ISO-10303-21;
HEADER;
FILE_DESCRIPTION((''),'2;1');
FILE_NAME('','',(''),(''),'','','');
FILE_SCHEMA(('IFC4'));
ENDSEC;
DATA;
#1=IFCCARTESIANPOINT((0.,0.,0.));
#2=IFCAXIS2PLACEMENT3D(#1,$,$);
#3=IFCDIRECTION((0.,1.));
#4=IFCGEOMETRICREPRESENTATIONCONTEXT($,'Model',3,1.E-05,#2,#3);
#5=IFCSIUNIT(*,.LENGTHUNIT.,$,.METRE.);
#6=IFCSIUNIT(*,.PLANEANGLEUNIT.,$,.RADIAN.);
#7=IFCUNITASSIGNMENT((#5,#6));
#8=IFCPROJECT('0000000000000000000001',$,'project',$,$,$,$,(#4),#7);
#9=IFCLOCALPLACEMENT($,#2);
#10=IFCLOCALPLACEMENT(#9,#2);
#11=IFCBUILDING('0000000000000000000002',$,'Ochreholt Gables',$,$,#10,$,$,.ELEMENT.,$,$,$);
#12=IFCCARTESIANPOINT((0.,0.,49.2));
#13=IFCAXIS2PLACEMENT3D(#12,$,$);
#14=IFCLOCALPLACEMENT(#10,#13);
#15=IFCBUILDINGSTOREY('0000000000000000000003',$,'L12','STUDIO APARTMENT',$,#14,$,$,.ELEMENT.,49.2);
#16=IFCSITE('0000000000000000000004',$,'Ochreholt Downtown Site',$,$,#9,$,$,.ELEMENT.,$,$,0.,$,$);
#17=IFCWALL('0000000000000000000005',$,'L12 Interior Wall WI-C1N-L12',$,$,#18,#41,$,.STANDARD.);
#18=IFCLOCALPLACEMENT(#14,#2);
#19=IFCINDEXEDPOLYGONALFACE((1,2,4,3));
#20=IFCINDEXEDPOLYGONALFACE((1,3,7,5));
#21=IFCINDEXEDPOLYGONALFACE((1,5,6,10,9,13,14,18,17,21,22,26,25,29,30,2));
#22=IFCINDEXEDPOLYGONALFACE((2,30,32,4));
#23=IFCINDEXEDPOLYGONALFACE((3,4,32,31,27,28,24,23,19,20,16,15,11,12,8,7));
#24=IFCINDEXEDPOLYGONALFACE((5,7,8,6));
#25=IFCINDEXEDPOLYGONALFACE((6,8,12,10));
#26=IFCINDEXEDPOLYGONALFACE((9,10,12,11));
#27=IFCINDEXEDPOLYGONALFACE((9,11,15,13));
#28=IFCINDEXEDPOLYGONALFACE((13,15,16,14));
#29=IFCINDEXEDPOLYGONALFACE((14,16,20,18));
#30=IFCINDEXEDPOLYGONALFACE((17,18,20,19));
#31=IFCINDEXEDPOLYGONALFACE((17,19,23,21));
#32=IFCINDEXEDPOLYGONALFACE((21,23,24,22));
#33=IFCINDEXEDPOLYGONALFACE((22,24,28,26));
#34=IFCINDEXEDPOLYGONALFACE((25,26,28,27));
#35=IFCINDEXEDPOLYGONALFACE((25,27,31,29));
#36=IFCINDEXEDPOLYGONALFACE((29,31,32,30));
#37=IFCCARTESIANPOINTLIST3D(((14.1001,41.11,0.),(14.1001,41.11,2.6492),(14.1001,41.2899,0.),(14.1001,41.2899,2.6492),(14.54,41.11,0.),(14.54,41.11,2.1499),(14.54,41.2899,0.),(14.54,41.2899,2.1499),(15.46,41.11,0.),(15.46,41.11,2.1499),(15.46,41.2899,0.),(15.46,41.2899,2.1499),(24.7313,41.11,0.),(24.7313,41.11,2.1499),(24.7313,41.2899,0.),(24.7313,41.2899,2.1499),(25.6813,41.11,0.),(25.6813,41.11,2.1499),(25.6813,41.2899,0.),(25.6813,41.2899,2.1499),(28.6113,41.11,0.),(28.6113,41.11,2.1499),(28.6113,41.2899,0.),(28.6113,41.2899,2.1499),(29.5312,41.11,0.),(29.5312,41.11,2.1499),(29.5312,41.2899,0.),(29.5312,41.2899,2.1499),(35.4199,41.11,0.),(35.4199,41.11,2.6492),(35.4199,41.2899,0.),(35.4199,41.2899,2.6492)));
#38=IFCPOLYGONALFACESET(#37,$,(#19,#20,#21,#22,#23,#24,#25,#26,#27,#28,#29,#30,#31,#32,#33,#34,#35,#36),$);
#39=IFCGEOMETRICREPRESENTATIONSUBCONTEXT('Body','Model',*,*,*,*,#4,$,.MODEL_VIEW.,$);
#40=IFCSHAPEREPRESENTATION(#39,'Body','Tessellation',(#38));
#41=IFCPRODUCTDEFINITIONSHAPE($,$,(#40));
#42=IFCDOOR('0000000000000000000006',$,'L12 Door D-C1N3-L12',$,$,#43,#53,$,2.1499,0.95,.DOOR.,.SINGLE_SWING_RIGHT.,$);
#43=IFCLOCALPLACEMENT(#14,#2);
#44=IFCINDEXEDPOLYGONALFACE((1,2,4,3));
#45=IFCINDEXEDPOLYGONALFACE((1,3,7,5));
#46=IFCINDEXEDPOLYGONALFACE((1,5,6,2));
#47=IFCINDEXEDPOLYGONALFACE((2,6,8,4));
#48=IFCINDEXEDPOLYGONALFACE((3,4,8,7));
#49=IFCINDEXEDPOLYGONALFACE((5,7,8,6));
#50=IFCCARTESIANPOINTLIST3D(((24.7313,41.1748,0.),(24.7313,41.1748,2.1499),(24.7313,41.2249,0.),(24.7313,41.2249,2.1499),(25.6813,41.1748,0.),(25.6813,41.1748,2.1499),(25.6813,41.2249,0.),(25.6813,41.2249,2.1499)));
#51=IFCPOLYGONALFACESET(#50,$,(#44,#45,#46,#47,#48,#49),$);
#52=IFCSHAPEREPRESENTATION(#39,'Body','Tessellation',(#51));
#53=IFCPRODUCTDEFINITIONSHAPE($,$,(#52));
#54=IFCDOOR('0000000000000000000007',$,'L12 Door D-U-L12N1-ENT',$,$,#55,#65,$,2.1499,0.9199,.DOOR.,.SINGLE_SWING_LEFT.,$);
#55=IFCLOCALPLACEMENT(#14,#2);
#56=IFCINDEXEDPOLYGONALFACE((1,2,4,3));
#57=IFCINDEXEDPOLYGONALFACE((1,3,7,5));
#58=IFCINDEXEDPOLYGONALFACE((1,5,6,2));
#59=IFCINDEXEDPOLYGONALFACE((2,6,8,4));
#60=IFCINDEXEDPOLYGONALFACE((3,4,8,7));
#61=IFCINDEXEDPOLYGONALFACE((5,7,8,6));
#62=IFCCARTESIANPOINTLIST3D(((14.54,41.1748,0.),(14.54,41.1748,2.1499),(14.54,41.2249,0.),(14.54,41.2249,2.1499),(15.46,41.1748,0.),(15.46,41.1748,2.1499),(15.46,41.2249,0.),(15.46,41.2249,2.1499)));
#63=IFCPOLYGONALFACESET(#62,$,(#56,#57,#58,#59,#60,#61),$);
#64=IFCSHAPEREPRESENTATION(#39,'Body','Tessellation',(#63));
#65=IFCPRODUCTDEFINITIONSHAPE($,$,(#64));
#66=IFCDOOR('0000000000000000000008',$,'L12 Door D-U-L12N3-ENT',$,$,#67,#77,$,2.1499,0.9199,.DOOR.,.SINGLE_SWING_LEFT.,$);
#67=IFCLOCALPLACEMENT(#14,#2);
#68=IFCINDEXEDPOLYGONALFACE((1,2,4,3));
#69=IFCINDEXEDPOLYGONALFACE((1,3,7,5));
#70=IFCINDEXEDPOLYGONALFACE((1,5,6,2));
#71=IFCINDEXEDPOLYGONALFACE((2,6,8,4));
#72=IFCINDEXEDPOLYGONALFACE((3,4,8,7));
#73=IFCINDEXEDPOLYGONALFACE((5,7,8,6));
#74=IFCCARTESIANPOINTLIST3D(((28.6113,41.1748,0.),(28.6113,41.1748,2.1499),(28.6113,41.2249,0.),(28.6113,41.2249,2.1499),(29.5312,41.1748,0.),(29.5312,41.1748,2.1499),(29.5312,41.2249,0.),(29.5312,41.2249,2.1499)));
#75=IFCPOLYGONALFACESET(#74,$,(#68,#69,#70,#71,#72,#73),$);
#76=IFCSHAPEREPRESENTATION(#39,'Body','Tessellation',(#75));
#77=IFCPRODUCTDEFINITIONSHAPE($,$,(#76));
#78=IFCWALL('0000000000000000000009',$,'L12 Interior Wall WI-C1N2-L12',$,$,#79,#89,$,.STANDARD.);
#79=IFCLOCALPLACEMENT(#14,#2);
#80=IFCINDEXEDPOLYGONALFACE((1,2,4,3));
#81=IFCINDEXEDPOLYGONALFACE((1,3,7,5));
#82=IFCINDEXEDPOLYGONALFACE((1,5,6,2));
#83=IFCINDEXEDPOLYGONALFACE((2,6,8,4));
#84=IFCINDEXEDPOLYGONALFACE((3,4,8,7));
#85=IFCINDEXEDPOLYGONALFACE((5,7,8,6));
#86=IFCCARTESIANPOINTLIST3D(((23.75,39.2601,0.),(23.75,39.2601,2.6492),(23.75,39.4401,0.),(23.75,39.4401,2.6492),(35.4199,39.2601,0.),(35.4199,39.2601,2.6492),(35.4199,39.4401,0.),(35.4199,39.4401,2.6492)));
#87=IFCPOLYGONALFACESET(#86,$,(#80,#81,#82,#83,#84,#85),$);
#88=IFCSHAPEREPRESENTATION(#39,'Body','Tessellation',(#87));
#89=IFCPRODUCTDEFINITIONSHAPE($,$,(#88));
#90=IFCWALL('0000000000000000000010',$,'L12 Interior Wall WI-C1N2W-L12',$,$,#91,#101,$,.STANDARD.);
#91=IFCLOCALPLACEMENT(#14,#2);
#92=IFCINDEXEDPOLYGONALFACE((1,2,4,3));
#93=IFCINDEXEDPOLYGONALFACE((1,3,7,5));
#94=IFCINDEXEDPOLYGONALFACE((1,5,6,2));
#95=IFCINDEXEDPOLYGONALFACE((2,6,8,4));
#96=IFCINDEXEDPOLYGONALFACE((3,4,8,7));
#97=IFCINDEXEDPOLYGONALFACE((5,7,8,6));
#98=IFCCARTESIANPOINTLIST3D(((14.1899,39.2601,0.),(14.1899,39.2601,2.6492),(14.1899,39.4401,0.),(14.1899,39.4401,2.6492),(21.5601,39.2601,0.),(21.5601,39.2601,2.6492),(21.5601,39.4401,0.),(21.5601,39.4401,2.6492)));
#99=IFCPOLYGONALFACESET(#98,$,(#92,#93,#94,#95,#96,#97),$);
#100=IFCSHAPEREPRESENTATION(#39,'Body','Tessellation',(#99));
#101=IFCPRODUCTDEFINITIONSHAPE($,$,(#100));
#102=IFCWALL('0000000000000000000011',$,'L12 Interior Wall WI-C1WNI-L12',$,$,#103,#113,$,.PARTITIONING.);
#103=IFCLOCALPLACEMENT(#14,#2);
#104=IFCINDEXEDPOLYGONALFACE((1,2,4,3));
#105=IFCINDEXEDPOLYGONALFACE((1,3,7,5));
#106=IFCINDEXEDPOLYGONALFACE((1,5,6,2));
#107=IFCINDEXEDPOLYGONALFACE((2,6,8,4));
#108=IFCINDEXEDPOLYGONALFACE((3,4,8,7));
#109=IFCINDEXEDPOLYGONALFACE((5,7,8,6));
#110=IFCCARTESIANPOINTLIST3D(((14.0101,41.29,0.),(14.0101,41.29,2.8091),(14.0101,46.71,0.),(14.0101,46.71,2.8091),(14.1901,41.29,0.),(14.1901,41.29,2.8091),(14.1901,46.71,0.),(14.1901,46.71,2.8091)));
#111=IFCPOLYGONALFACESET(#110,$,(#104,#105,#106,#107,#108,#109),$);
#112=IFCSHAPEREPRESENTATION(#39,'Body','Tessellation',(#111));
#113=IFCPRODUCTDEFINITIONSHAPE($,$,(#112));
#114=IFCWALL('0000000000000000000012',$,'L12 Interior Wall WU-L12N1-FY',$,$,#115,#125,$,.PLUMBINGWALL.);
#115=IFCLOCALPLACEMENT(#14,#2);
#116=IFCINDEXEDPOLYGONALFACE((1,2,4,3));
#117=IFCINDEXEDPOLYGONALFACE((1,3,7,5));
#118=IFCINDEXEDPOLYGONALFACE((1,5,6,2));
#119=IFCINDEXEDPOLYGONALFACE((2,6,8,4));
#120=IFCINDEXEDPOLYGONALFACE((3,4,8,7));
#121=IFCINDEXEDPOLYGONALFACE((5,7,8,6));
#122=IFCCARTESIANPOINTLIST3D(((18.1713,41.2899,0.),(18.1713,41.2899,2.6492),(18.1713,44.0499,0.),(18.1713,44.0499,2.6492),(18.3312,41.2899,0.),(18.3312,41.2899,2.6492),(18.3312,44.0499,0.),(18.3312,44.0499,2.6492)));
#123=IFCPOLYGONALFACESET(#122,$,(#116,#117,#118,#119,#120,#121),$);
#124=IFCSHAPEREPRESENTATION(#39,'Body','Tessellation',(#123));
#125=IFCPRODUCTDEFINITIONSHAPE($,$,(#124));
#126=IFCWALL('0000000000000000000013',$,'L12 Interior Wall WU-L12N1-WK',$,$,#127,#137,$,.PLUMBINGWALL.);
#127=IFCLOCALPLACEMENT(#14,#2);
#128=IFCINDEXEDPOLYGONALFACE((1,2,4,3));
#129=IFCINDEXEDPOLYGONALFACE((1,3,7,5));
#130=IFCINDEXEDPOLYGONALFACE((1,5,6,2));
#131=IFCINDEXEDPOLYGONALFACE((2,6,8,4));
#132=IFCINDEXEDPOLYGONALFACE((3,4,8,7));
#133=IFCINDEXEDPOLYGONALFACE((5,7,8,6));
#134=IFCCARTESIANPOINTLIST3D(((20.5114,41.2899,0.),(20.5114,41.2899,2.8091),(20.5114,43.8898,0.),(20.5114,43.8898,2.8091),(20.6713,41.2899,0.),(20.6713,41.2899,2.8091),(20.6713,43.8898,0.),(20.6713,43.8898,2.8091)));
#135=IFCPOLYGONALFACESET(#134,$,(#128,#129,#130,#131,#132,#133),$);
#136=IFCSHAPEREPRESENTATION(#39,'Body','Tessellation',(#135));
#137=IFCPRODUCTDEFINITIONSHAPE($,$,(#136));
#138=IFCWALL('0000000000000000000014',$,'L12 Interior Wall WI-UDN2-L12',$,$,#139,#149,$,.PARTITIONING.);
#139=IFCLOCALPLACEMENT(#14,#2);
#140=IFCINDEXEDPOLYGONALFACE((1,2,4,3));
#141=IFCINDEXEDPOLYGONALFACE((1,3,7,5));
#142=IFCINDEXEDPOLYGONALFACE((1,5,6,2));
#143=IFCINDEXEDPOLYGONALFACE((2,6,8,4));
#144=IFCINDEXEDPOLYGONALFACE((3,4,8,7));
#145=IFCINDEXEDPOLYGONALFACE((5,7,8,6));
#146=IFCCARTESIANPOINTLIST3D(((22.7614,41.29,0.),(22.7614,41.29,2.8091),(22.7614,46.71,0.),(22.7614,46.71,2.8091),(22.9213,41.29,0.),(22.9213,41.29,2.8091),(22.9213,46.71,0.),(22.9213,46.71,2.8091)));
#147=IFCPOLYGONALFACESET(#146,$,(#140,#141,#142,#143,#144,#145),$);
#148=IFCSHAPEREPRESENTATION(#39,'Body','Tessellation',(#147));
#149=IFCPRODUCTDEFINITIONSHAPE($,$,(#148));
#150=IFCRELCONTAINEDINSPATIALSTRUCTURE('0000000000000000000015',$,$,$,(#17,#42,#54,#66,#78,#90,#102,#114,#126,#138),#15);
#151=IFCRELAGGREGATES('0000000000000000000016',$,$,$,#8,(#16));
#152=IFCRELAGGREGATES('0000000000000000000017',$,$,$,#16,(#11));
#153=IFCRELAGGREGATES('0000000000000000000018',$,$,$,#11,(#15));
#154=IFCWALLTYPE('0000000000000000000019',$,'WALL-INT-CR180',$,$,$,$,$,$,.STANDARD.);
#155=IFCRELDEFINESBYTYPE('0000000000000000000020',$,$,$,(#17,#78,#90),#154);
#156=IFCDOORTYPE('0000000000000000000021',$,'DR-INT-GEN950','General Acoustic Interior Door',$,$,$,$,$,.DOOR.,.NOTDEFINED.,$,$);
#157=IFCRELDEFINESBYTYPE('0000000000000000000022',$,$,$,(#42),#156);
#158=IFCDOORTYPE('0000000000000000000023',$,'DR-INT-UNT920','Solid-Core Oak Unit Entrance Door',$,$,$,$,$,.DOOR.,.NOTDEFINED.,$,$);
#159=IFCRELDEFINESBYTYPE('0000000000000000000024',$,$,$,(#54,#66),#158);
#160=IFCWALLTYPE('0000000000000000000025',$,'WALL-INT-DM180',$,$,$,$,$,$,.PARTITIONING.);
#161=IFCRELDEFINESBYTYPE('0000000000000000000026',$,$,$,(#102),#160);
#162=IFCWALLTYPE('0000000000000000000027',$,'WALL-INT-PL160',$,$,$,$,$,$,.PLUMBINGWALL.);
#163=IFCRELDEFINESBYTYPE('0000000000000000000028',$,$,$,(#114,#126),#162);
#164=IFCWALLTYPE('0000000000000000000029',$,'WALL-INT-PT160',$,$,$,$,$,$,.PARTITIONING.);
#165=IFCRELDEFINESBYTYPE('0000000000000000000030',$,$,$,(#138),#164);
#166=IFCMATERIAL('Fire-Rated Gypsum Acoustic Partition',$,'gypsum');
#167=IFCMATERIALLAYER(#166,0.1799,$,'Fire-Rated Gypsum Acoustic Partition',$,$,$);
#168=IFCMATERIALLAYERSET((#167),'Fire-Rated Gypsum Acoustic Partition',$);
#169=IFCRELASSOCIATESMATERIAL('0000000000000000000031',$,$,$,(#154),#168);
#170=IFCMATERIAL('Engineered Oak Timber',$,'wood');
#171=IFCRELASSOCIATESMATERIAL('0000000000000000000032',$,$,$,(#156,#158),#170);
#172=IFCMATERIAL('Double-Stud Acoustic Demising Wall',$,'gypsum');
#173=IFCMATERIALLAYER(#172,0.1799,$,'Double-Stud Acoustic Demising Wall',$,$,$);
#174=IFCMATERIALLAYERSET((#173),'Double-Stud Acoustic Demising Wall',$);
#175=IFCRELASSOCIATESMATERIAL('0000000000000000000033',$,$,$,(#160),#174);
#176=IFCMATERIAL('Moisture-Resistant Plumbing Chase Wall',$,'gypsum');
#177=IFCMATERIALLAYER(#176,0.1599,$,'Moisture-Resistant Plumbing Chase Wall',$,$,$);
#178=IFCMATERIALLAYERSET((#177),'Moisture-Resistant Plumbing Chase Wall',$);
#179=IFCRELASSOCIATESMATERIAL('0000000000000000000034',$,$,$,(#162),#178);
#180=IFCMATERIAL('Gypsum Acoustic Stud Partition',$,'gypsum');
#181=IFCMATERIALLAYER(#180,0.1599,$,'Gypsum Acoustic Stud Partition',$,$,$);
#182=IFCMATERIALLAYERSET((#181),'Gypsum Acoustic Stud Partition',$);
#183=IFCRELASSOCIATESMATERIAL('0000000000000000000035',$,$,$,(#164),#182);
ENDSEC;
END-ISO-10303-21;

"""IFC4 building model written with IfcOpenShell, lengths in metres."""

from ifc_helpers import new_model, si_unit, direction, frame, frame_2d, origin, place, context, subcontext, project, spatial, rectangle, extrude, material, layer, layer_set, type_object, element, fill, save


model = new_model("IFC4")

# Units and contexts
model_context = context("Model", 3, precision=1e-05, world=origin(), true_north=direction((0.0, 1.0)))
body_context = subcontext(model_context, "Body", "Model", "MODEL_VIEW")
ifc_project = project(units=[si_unit("LENGTHUNIT", "METRE"), si_unit("PLANEANGLEUNIT", "RADIAN")], contexts=[model_context])

# Site, building, storey
site_placement = place(None, origin())
site = spatial("IfcSite", under=ifc_project, at=site_placement, Name="Ochreholt Downtown Site", CompositionType="ELEMENT", RefElevation=0.0)
building_placement = place(site_placement, origin())
building = spatial("IfcBuilding", under=site, at=building_placement, Name="Ochreholt Gables", CompositionType="ELEMENT")
storey_placement = place(building_placement, frame((0.0, 0.0, 49.2)))
storey = spatial("IfcBuildingStorey", under=building, at=storey_placement, Name="L12", Description="STUDIO APARTMENT", CompositionType="ELEMENT", Elevation=49.2)

# Wall, openings, doors
ifc_material_1 = material(Name="Fire-Rated Gypsum Acoustic Partition", Category="gypsum")
ifc_layer_1 = layer(ifc_material_1, 0.1799, Name="Fire-Rated Gypsum Acoustic Partition")
ifc_layer_set_1 = layer_set([ifc_layer_1], Name="Fire-Rated Gypsum Acoustic Partition")
wall_type_1 = type_object("IfcWallType", Name="WALL-INT-CR180", PredefinedType="STANDARD", material=ifc_layer_set_1)
wall_1_placement = place(storey_placement, frame((14.1001, 41.2, 0.0), z_axis=(0.0, 0.0, 1.0), x_axis=(1.0, 0.0, 0.0)))
wall_1 = element("IfcWall", 1, at=wall_1_placement, inside=storey, type_object=wall_type_1, Name="L12 Interior Wall WI-C1N-L12", PredefinedType="STANDARD", context=body_context, shape_type="SweptSolid", body=[
    extrude(rectangle(XDim=21.3198, YDim=0.1799, at=frame_2d((10.6599, 0.0))), origin(), (0.0, 0.0, 1.0), 2.6492),
])
opening_1_placement = place(wall_1_placement, frame((0.4399, 0.0, 0.0)))
opening_1 = element("IfcOpeningElement", 2, at=opening_1_placement, cuts=wall_1, PredefinedType="OPENING", context=body_context, shape_type="SweptSolid", body=[
    extrude(rectangle(XDim=0.9199, YDim=2.1499, at=frame_2d((0.46, 1.075))), frame((0.0, 0.0999, 0.0), z_axis=(0.0, -1.0, 0.0), x_axis=(1.0, 0.0, 0.0)), (0.0, 0.0, 1.0), 0.2),
])
opening_2_placement = place(wall_1_placement, frame((10.6311, 0.0, 0.0)))
opening_2 = element("IfcOpeningElement", 3, at=opening_2_placement, cuts=wall_1, PredefinedType="OPENING", context=body_context, shape_type="SweptSolid", body=[
    extrude(rectangle(XDim=0.95, YDim=2.1499, at=frame_2d((0.4751, 1.075))), frame((0.0, 0.0999, 0.0), z_axis=(0.0, -1.0, 0.0), x_axis=(1.0, 0.0, 0.0)), (0.0, 0.0, 1.0), 0.2),
])
opening_3_placement = place(wall_1_placement, frame((14.5112, 0.0, 0.0)))
opening_3 = element("IfcOpeningElement", 4, at=opening_3_placement, cuts=wall_1, PredefinedType="OPENING", context=body_context, shape_type="SweptSolid", body=[
    extrude(rectangle(XDim=0.9199, YDim=2.1499, at=frame_2d((0.46, 1.075))), frame((0.0, 0.0999, 0.0), z_axis=(0.0, -1.0, 0.0), x_axis=(1.0, 0.0, 0.0)), (0.0, 0.0, 1.0), 0.2),
])
ifc_material_2 = material(Name="Engineered Oak Timber", Category="wood")
door_type_1 = type_object("IfcDoorType", Name="DR-INT-GEN950", Description="General Acoustic Interior Door", OperationType="NOTDEFINED", PredefinedType="DOOR", material=ifc_material_2)
door_1_placement = place(opening_2_placement, origin())
door_1 = element("IfcDoor", 5, at=door_1_placement, inside=storey, type_object=door_type_1, Name="L12 Door D-C1N3-L12", OperationType="SINGLE_SWING_RIGHT", OverallHeight=2.1499, OverallWidth=0.95, PredefinedType="DOOR", context=body_context, shape_type="SweptSolid", body=[
    extrude(rectangle(XDim=0.95, YDim=2.1499, at=frame_2d((0.4751, 1.075))), frame((0.0, 0.0249, 0.0), z_axis=(0.0, -1.0, 0.0), x_axis=(1.0, 0.0, 0.0)), (0.0, 0.0, 1.0), 0.05),
])
fill(opening_2, door_1)
door_type_2 = type_object("IfcDoorType", Name="DR-INT-UNT920", Description="Solid-Core Oak Unit Entrance Door", OperationType="NOTDEFINED", PredefinedType="DOOR", material=ifc_material_2)
door_2_placement = place(opening_1_placement, origin())
door_2 = element("IfcDoor", 6, at=door_2_placement, inside=storey, type_object=door_type_2, Name="L12 Door D-U-L12N1-ENT", OperationType="SINGLE_SWING_LEFT", OverallHeight=2.1499, OverallWidth=0.9199, PredefinedType="DOOR", context=body_context, shape_type="SweptSolid", body=[
    extrude(rectangle(XDim=0.9199, YDim=2.1499, at=frame_2d((0.46, 1.075))), frame((0.0, 0.0249, 0.0), z_axis=(0.0, -1.0, 0.0), x_axis=(1.0, 0.0, 0.0)), (0.0, 0.0, 1.0), 0.05),
])
fill(opening_1, door_2)
door_3_placement = place(opening_3_placement, origin())
door_3 = element("IfcDoor", 7, at=door_3_placement, inside=storey, type_object=door_type_2, Name="L12 Door D-U-L12N3-ENT", OperationType="SINGLE_SWING_LEFT", OverallHeight=2.1499, OverallWidth=0.9199, PredefinedType="DOOR", context=body_context, shape_type="SweptSolid", body=[
    extrude(rectangle(XDim=0.9199, YDim=2.1499, at=frame_2d((0.46, 1.075))), frame((0.0, 0.0249, 0.0), z_axis=(0.0, -1.0, 0.0), x_axis=(1.0, 0.0, 0.0)), (0.0, 0.0, 1.0), 0.05),
])
fill(opening_3, door_3)

# Walls
wall_2_placement = place(storey_placement, frame((23.75, 39.3501, 0.0), z_axis=(0.0, 0.0, 1.0), x_axis=(1.0, 0.0, 0.0)))
element("IfcWall", 8, at=wall_2_placement, inside=storey, type_object=wall_type_1, Name="L12 Interior Wall WI-C1N2-L12", PredefinedType="STANDARD", context=body_context, shape_type="SweptSolid", body=[
    extrude(rectangle(XDim=11.6699, YDim=0.1799, at=frame_2d((5.835, 0.0))), origin(), (0.0, 0.0, 1.0), 2.6492),
])
wall_3_placement = place(storey_placement, frame((14.1899, 39.3501, 0.0), z_axis=(0.0, 0.0, 1.0), x_axis=(1.0, 0.0, 0.0)))
element("IfcWall", 9, at=wall_3_placement, inside=storey, type_object=wall_type_1, Name="L12 Interior Wall WI-C1N2W-L12", PredefinedType="STANDARD", context=body_context, shape_type="SweptSolid", body=[
    extrude(rectangle(XDim=7.3701, YDim=0.1799, at=frame_2d((3.6851, 0.0))), origin(), (0.0, 0.0, 1.0), 2.6492),
])
ifc_material_3 = material(Name="Double-Stud Acoustic Demising Wall", Category="gypsum")
ifc_layer_2 = layer(ifc_material_3, 0.1799, Name="Double-Stud Acoustic Demising Wall")
ifc_layer_set_2 = layer_set([ifc_layer_2], Name="Double-Stud Acoustic Demising Wall")
wall_type_2 = type_object("IfcWallType", Name="WALL-INT-DM180", PredefinedType="PARTITIONING", material=ifc_layer_set_2)
wall_4_placement = place(storey_placement, frame((14.1001, 41.29, 0.0), z_axis=(0.0, 0.0, 1.0), x_axis=(0.0, 1.0, 0.0)))
element("IfcWall", 10, at=wall_4_placement, inside=storey, type_object=wall_type_2, Name="L12 Interior Wall WI-C1WNI-L12", PredefinedType="PARTITIONING", context=body_context, shape_type="SweptSolid", body=[
    extrude(rectangle(XDim=5.4199, YDim=0.1799, at=frame_2d((2.71, 0.0))), origin(), (0.0, 0.0, 1.0), 2.8091),
])

# Shared definitions
ifc_material_4 = material(Name="Moisture-Resistant Plumbing Chase Wall", Category="gypsum")
ifc_layer_3 = layer(ifc_material_4, 0.1599, Name="Moisture-Resistant Plumbing Chase Wall")
ifc_layer_set_3 = layer_set([ifc_layer_3], Name="Moisture-Resistant Plumbing Chase Wall")
wall_type_3 = type_object("IfcWallType", Name="WALL-INT-PL160", PredefinedType="PLUMBINGWALL", material=ifc_layer_set_3)

# Walls
wall_5_placement = place(storey_placement, frame((18.2512, 41.29, 0.0), z_axis=(0.0, 0.0, 1.0), x_axis=(0.0, 1.0, 0.0)))
element("IfcWall", 11, at=wall_5_placement, inside=storey, type_object=wall_type_3, Name="L12 Interior Wall WU-L12N1-FY", PredefinedType="PLUMBINGWALL", context=body_context, shape_type="SweptSolid", body=[
    extrude(rectangle(XDim=2.76, YDim=0.1599, at=frame_2d((1.3799, 0.0))), origin(), (0.0, 0.0, 1.0), 2.6492),
])
wall_6_placement = place(storey_placement, frame((20.5913, 41.29, 0.0), z_axis=(0.0, 0.0, 1.0), x_axis=(0.0, 1.0, 0.0)))
element("IfcWall", 12, at=wall_6_placement, inside=storey, type_object=wall_type_3, Name="L12 Interior Wall WU-L12N1-WK", PredefinedType="PLUMBINGWALL", context=body_context, shape_type="SweptSolid", body=[
    extrude(rectangle(XDim=2.5999, YDim=0.1599, at=frame_2d((1.2998, 0.0))), origin(), (0.0, 0.0, 1.0), 2.8091),
])
ifc_material_5 = material(Name="Gypsum Acoustic Stud Partition", Category="gypsum")
ifc_layer_4 = layer(ifc_material_5, 0.1599, Name="Gypsum Acoustic Stud Partition")
ifc_layer_set_4 = layer_set([ifc_layer_4], Name="Gypsum Acoustic Stud Partition")
wall_type_4 = type_object("IfcWallType", Name="WALL-INT-PT160", PredefinedType="PARTITIONING", material=ifc_layer_set_4)
wall_7_placement = place(storey_placement, frame((22.8413, 41.29, 0.0), z_axis=(0.0, 0.0, 1.0), x_axis=(0.0, 1.0, 0.0)))
element("IfcWall", 13, at=wall_7_placement, inside=storey, type_object=wall_type_4, Name="L12 Interior Wall WI-UDN2-L12", PredefinedType="PARTITIONING", context=body_context, shape_type="SweptSolid", body=[
    extrude(rectangle(XDim=5.4199, YDim=0.1599, at=frame_2d((2.71, 0.0))), origin(), (0.0, 0.0, 1.0), 2.8091),
])

save(model, "model.ifc")
